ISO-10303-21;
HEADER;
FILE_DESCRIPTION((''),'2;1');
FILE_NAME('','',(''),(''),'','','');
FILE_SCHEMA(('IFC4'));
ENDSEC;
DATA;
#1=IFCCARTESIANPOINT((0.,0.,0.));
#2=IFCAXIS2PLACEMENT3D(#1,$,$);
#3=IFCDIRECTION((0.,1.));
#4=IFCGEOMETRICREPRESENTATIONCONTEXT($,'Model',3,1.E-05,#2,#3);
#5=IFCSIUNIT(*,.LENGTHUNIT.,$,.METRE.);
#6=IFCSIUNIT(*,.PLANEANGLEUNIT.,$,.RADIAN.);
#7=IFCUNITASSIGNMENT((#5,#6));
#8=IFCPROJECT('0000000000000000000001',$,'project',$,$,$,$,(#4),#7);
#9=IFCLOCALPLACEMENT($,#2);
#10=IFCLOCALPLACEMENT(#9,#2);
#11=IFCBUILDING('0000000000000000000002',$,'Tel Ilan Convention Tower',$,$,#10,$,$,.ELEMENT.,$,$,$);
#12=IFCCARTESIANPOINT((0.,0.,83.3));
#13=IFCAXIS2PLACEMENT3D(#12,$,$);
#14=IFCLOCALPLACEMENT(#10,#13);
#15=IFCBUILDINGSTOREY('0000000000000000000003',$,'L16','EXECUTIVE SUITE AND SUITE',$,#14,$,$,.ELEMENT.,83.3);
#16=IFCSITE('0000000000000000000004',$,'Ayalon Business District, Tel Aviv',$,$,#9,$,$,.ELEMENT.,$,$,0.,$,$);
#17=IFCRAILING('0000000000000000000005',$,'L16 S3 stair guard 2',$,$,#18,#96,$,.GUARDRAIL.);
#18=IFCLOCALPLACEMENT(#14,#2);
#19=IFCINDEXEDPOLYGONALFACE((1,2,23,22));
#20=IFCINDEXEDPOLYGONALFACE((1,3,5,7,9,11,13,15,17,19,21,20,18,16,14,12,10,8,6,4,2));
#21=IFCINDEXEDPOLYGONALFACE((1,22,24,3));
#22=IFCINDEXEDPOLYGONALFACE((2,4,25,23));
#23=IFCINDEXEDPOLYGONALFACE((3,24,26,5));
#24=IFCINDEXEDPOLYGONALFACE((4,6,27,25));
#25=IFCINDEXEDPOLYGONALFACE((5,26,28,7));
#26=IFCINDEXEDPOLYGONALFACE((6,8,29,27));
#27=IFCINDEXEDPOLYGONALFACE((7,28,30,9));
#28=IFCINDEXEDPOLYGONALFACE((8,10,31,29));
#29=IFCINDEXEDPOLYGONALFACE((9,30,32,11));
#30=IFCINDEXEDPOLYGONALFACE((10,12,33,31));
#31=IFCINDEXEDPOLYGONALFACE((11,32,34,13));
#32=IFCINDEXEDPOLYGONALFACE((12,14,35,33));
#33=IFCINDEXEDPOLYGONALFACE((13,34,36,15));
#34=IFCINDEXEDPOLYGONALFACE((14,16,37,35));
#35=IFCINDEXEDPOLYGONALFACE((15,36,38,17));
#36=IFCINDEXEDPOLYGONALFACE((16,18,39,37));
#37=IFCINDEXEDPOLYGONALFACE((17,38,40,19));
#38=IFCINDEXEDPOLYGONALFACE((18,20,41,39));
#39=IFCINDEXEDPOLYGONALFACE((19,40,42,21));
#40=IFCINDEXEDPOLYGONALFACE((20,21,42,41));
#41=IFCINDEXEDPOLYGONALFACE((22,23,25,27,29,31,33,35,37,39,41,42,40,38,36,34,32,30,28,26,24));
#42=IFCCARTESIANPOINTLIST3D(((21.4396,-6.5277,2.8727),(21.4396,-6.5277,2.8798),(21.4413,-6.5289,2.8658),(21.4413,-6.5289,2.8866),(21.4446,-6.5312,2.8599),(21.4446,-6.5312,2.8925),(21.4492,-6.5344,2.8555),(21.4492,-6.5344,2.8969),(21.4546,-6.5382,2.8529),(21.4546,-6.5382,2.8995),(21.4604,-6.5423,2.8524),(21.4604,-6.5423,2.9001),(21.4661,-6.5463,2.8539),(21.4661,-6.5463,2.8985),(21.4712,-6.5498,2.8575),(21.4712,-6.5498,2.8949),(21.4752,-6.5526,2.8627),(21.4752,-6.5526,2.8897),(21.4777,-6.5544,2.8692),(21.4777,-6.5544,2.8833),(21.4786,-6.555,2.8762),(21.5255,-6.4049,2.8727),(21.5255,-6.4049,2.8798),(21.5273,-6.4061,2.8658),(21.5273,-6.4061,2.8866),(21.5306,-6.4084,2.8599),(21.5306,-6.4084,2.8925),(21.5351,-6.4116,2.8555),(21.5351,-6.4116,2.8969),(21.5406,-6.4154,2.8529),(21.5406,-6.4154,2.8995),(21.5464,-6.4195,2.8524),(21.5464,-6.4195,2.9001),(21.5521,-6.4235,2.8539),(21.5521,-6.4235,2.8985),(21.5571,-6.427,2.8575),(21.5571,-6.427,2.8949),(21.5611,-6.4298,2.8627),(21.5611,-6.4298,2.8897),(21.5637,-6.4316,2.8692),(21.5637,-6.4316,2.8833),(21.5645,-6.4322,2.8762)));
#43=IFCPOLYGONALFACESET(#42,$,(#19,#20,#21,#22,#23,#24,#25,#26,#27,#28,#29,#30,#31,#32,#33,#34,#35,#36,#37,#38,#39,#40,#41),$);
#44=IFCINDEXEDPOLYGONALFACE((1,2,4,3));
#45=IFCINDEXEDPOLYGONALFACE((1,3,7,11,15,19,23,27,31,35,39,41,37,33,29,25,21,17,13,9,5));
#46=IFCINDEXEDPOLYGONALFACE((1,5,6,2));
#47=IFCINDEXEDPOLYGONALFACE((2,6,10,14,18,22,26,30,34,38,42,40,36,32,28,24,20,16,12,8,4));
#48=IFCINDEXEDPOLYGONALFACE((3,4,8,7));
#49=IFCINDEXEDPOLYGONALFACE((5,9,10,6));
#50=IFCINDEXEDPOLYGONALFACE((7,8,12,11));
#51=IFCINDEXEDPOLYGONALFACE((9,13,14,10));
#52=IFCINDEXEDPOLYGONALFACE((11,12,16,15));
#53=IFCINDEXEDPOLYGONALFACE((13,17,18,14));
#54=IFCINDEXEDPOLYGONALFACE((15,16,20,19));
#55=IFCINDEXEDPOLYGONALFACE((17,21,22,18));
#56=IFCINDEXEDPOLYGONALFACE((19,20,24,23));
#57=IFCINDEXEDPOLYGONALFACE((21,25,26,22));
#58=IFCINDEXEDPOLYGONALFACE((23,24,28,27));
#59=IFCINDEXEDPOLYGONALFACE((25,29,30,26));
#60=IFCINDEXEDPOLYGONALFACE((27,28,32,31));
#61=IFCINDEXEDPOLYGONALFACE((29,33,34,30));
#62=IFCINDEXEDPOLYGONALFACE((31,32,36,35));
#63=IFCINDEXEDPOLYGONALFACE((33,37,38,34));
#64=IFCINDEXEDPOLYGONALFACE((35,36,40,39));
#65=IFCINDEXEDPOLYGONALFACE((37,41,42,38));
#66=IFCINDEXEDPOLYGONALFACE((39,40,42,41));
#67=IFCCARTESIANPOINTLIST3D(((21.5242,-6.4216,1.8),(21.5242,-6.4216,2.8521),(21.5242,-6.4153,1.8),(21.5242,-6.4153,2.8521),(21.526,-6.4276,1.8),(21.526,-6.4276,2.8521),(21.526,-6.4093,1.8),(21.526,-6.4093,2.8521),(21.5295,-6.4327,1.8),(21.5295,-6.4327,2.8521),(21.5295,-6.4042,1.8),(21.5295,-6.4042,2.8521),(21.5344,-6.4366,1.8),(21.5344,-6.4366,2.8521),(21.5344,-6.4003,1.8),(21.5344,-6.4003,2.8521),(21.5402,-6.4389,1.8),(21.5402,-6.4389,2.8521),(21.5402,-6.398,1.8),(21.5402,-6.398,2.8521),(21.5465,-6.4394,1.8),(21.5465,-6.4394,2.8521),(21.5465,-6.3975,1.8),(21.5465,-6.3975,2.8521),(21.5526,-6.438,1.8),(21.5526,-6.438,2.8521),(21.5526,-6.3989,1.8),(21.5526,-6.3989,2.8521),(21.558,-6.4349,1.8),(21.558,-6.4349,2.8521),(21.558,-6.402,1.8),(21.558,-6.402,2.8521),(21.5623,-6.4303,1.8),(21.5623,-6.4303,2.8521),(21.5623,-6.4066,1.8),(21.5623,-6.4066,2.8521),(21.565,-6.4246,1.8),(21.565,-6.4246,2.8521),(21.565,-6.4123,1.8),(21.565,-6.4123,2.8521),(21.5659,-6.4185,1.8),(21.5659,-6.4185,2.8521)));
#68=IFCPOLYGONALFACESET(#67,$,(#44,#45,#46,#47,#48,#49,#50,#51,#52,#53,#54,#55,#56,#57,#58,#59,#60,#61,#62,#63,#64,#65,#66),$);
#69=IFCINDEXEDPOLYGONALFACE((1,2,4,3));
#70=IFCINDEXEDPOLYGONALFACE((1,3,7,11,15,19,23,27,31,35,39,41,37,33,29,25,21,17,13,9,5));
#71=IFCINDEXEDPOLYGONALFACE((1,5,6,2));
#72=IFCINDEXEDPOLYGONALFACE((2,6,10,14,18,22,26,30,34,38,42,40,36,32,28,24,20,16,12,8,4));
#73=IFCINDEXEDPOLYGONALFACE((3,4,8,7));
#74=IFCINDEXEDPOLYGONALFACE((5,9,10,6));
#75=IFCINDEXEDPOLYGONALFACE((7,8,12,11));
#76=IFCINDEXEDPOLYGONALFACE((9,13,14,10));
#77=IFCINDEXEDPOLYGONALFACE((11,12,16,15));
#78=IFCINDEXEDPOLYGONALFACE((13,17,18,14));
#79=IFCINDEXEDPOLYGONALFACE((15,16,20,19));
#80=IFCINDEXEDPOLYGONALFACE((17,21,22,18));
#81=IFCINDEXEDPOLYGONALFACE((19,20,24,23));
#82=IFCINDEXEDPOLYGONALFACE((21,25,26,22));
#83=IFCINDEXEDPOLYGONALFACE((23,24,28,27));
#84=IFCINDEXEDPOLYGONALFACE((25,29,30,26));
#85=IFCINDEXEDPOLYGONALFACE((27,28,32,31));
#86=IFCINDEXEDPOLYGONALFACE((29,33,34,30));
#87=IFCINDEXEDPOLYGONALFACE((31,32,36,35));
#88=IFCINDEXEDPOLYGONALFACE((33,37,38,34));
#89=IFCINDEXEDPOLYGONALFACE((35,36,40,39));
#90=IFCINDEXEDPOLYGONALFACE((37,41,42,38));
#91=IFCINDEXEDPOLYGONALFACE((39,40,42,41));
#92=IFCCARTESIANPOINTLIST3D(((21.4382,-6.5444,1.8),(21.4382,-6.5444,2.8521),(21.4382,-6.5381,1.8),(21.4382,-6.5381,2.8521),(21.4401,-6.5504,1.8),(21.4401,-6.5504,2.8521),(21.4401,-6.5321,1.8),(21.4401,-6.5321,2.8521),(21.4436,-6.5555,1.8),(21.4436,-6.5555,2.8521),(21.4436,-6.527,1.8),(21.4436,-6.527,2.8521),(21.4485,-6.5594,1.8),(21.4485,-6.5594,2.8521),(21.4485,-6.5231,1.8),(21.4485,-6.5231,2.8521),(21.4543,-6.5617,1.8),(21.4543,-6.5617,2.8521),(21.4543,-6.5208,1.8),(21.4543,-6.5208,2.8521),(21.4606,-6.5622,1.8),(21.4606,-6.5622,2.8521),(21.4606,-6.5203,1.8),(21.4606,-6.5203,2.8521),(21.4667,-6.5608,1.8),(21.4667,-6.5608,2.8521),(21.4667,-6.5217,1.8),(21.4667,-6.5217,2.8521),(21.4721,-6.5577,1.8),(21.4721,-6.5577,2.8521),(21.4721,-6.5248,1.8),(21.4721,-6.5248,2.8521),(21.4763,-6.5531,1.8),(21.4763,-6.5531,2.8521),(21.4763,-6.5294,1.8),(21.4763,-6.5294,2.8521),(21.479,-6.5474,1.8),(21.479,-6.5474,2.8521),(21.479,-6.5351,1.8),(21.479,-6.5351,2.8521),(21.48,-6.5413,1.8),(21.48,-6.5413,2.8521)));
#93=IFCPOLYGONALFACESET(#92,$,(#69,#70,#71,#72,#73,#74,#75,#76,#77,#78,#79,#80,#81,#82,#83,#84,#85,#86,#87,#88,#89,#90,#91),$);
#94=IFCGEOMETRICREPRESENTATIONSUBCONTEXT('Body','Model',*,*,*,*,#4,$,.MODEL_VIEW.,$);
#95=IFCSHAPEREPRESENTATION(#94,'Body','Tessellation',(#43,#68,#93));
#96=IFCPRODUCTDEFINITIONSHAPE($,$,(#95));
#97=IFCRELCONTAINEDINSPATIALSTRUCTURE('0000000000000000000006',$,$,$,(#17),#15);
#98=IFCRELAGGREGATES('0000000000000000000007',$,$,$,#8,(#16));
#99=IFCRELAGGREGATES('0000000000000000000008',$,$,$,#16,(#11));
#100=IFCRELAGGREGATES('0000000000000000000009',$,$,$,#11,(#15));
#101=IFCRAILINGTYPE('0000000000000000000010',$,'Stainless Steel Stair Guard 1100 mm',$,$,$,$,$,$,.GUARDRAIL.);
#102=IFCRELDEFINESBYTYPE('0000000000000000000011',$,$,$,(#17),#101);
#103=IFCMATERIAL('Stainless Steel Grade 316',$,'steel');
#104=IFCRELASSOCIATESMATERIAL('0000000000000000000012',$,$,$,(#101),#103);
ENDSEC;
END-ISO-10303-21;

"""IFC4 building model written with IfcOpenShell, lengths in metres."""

from ifc_helpers import new_model, si_unit, direction, frame, origin, origin_2d, place, context, subcontext, project, spatial, circle, extrude, material, type_object, element, save


model = new_model("IFC4")

# Units and contexts
model_context = context("Model", 3, precision=1e-05, world=origin(), true_north=direction((0.0, 1.0)))
body_context = subcontext(model_context, "Body", "Model", "MODEL_VIEW")
ifc_project = project(units=[si_unit("LENGTHUNIT", "METRE"), si_unit("PLANEANGLEUNIT", "RADIAN")], contexts=[model_context])

# Site, building, storey
site_placement = place(None, origin())
site = spatial("IfcSite", under=ifc_project, at=site_placement, Name="Ayalon Business District, Tel Aviv", CompositionType="ELEMENT", RefElevation=0.0)
building_placement = place(site_placement, origin())
building = spatial("IfcBuilding", under=site, at=building_placement, Name="Tel Ilan Convention Tower", CompositionType="ELEMENT")
storey_placement = place(building_placement, frame((0.0, 0.0, 83.3)))
storey = spatial("IfcBuildingStorey", under=building, at=storey_placement, Name="L16", Description="EXECUTIVE SUITE AND SUITE", CompositionType="ELEMENT", Elevation=83.3)

# Railing
ifc_material_1 = material(Name="Stainless Steel Grade 316", Category="steel")
railing_type_1 = type_object("IfcRailingType", Name="Stainless Steel Stair Guard 1100 mm", PredefinedType="GUARDRAIL", material=ifc_material_1)
railing_1_placement = place(storey_placement, frame((21.5449, -6.4185, 1.8)))
element("IfcRailing", 1, at=railing_1_placement, inside=storey, type_object=railing_type_1, Name="L16 S3 stair guard 2", PredefinedType="GUARDRAIL", context=body_context, shape_type="SweptSolid", body=[
    extrude(circle(Radius=0.0239, at=origin_2d()), frame((0.0, 0.0, 1.0762), z_axis=(-0.573353, -0.819308, 0.0), x_axis=(0.819308, -0.573353, 0.0)), (0.0, 0.0, 1.0), 0.1499),
    extrude(circle(Radius=0.021, at=origin_2d()), origin(), (0.0, 0.0, 1.0), 1.052),
    extrude(circle(Radius=0.021, at=origin_2d()), frame((-0.0859, -0.1228, 0.0)), (0.0, 0.0, 1.0), 1.052),
])

save(model, "model.ifc")
